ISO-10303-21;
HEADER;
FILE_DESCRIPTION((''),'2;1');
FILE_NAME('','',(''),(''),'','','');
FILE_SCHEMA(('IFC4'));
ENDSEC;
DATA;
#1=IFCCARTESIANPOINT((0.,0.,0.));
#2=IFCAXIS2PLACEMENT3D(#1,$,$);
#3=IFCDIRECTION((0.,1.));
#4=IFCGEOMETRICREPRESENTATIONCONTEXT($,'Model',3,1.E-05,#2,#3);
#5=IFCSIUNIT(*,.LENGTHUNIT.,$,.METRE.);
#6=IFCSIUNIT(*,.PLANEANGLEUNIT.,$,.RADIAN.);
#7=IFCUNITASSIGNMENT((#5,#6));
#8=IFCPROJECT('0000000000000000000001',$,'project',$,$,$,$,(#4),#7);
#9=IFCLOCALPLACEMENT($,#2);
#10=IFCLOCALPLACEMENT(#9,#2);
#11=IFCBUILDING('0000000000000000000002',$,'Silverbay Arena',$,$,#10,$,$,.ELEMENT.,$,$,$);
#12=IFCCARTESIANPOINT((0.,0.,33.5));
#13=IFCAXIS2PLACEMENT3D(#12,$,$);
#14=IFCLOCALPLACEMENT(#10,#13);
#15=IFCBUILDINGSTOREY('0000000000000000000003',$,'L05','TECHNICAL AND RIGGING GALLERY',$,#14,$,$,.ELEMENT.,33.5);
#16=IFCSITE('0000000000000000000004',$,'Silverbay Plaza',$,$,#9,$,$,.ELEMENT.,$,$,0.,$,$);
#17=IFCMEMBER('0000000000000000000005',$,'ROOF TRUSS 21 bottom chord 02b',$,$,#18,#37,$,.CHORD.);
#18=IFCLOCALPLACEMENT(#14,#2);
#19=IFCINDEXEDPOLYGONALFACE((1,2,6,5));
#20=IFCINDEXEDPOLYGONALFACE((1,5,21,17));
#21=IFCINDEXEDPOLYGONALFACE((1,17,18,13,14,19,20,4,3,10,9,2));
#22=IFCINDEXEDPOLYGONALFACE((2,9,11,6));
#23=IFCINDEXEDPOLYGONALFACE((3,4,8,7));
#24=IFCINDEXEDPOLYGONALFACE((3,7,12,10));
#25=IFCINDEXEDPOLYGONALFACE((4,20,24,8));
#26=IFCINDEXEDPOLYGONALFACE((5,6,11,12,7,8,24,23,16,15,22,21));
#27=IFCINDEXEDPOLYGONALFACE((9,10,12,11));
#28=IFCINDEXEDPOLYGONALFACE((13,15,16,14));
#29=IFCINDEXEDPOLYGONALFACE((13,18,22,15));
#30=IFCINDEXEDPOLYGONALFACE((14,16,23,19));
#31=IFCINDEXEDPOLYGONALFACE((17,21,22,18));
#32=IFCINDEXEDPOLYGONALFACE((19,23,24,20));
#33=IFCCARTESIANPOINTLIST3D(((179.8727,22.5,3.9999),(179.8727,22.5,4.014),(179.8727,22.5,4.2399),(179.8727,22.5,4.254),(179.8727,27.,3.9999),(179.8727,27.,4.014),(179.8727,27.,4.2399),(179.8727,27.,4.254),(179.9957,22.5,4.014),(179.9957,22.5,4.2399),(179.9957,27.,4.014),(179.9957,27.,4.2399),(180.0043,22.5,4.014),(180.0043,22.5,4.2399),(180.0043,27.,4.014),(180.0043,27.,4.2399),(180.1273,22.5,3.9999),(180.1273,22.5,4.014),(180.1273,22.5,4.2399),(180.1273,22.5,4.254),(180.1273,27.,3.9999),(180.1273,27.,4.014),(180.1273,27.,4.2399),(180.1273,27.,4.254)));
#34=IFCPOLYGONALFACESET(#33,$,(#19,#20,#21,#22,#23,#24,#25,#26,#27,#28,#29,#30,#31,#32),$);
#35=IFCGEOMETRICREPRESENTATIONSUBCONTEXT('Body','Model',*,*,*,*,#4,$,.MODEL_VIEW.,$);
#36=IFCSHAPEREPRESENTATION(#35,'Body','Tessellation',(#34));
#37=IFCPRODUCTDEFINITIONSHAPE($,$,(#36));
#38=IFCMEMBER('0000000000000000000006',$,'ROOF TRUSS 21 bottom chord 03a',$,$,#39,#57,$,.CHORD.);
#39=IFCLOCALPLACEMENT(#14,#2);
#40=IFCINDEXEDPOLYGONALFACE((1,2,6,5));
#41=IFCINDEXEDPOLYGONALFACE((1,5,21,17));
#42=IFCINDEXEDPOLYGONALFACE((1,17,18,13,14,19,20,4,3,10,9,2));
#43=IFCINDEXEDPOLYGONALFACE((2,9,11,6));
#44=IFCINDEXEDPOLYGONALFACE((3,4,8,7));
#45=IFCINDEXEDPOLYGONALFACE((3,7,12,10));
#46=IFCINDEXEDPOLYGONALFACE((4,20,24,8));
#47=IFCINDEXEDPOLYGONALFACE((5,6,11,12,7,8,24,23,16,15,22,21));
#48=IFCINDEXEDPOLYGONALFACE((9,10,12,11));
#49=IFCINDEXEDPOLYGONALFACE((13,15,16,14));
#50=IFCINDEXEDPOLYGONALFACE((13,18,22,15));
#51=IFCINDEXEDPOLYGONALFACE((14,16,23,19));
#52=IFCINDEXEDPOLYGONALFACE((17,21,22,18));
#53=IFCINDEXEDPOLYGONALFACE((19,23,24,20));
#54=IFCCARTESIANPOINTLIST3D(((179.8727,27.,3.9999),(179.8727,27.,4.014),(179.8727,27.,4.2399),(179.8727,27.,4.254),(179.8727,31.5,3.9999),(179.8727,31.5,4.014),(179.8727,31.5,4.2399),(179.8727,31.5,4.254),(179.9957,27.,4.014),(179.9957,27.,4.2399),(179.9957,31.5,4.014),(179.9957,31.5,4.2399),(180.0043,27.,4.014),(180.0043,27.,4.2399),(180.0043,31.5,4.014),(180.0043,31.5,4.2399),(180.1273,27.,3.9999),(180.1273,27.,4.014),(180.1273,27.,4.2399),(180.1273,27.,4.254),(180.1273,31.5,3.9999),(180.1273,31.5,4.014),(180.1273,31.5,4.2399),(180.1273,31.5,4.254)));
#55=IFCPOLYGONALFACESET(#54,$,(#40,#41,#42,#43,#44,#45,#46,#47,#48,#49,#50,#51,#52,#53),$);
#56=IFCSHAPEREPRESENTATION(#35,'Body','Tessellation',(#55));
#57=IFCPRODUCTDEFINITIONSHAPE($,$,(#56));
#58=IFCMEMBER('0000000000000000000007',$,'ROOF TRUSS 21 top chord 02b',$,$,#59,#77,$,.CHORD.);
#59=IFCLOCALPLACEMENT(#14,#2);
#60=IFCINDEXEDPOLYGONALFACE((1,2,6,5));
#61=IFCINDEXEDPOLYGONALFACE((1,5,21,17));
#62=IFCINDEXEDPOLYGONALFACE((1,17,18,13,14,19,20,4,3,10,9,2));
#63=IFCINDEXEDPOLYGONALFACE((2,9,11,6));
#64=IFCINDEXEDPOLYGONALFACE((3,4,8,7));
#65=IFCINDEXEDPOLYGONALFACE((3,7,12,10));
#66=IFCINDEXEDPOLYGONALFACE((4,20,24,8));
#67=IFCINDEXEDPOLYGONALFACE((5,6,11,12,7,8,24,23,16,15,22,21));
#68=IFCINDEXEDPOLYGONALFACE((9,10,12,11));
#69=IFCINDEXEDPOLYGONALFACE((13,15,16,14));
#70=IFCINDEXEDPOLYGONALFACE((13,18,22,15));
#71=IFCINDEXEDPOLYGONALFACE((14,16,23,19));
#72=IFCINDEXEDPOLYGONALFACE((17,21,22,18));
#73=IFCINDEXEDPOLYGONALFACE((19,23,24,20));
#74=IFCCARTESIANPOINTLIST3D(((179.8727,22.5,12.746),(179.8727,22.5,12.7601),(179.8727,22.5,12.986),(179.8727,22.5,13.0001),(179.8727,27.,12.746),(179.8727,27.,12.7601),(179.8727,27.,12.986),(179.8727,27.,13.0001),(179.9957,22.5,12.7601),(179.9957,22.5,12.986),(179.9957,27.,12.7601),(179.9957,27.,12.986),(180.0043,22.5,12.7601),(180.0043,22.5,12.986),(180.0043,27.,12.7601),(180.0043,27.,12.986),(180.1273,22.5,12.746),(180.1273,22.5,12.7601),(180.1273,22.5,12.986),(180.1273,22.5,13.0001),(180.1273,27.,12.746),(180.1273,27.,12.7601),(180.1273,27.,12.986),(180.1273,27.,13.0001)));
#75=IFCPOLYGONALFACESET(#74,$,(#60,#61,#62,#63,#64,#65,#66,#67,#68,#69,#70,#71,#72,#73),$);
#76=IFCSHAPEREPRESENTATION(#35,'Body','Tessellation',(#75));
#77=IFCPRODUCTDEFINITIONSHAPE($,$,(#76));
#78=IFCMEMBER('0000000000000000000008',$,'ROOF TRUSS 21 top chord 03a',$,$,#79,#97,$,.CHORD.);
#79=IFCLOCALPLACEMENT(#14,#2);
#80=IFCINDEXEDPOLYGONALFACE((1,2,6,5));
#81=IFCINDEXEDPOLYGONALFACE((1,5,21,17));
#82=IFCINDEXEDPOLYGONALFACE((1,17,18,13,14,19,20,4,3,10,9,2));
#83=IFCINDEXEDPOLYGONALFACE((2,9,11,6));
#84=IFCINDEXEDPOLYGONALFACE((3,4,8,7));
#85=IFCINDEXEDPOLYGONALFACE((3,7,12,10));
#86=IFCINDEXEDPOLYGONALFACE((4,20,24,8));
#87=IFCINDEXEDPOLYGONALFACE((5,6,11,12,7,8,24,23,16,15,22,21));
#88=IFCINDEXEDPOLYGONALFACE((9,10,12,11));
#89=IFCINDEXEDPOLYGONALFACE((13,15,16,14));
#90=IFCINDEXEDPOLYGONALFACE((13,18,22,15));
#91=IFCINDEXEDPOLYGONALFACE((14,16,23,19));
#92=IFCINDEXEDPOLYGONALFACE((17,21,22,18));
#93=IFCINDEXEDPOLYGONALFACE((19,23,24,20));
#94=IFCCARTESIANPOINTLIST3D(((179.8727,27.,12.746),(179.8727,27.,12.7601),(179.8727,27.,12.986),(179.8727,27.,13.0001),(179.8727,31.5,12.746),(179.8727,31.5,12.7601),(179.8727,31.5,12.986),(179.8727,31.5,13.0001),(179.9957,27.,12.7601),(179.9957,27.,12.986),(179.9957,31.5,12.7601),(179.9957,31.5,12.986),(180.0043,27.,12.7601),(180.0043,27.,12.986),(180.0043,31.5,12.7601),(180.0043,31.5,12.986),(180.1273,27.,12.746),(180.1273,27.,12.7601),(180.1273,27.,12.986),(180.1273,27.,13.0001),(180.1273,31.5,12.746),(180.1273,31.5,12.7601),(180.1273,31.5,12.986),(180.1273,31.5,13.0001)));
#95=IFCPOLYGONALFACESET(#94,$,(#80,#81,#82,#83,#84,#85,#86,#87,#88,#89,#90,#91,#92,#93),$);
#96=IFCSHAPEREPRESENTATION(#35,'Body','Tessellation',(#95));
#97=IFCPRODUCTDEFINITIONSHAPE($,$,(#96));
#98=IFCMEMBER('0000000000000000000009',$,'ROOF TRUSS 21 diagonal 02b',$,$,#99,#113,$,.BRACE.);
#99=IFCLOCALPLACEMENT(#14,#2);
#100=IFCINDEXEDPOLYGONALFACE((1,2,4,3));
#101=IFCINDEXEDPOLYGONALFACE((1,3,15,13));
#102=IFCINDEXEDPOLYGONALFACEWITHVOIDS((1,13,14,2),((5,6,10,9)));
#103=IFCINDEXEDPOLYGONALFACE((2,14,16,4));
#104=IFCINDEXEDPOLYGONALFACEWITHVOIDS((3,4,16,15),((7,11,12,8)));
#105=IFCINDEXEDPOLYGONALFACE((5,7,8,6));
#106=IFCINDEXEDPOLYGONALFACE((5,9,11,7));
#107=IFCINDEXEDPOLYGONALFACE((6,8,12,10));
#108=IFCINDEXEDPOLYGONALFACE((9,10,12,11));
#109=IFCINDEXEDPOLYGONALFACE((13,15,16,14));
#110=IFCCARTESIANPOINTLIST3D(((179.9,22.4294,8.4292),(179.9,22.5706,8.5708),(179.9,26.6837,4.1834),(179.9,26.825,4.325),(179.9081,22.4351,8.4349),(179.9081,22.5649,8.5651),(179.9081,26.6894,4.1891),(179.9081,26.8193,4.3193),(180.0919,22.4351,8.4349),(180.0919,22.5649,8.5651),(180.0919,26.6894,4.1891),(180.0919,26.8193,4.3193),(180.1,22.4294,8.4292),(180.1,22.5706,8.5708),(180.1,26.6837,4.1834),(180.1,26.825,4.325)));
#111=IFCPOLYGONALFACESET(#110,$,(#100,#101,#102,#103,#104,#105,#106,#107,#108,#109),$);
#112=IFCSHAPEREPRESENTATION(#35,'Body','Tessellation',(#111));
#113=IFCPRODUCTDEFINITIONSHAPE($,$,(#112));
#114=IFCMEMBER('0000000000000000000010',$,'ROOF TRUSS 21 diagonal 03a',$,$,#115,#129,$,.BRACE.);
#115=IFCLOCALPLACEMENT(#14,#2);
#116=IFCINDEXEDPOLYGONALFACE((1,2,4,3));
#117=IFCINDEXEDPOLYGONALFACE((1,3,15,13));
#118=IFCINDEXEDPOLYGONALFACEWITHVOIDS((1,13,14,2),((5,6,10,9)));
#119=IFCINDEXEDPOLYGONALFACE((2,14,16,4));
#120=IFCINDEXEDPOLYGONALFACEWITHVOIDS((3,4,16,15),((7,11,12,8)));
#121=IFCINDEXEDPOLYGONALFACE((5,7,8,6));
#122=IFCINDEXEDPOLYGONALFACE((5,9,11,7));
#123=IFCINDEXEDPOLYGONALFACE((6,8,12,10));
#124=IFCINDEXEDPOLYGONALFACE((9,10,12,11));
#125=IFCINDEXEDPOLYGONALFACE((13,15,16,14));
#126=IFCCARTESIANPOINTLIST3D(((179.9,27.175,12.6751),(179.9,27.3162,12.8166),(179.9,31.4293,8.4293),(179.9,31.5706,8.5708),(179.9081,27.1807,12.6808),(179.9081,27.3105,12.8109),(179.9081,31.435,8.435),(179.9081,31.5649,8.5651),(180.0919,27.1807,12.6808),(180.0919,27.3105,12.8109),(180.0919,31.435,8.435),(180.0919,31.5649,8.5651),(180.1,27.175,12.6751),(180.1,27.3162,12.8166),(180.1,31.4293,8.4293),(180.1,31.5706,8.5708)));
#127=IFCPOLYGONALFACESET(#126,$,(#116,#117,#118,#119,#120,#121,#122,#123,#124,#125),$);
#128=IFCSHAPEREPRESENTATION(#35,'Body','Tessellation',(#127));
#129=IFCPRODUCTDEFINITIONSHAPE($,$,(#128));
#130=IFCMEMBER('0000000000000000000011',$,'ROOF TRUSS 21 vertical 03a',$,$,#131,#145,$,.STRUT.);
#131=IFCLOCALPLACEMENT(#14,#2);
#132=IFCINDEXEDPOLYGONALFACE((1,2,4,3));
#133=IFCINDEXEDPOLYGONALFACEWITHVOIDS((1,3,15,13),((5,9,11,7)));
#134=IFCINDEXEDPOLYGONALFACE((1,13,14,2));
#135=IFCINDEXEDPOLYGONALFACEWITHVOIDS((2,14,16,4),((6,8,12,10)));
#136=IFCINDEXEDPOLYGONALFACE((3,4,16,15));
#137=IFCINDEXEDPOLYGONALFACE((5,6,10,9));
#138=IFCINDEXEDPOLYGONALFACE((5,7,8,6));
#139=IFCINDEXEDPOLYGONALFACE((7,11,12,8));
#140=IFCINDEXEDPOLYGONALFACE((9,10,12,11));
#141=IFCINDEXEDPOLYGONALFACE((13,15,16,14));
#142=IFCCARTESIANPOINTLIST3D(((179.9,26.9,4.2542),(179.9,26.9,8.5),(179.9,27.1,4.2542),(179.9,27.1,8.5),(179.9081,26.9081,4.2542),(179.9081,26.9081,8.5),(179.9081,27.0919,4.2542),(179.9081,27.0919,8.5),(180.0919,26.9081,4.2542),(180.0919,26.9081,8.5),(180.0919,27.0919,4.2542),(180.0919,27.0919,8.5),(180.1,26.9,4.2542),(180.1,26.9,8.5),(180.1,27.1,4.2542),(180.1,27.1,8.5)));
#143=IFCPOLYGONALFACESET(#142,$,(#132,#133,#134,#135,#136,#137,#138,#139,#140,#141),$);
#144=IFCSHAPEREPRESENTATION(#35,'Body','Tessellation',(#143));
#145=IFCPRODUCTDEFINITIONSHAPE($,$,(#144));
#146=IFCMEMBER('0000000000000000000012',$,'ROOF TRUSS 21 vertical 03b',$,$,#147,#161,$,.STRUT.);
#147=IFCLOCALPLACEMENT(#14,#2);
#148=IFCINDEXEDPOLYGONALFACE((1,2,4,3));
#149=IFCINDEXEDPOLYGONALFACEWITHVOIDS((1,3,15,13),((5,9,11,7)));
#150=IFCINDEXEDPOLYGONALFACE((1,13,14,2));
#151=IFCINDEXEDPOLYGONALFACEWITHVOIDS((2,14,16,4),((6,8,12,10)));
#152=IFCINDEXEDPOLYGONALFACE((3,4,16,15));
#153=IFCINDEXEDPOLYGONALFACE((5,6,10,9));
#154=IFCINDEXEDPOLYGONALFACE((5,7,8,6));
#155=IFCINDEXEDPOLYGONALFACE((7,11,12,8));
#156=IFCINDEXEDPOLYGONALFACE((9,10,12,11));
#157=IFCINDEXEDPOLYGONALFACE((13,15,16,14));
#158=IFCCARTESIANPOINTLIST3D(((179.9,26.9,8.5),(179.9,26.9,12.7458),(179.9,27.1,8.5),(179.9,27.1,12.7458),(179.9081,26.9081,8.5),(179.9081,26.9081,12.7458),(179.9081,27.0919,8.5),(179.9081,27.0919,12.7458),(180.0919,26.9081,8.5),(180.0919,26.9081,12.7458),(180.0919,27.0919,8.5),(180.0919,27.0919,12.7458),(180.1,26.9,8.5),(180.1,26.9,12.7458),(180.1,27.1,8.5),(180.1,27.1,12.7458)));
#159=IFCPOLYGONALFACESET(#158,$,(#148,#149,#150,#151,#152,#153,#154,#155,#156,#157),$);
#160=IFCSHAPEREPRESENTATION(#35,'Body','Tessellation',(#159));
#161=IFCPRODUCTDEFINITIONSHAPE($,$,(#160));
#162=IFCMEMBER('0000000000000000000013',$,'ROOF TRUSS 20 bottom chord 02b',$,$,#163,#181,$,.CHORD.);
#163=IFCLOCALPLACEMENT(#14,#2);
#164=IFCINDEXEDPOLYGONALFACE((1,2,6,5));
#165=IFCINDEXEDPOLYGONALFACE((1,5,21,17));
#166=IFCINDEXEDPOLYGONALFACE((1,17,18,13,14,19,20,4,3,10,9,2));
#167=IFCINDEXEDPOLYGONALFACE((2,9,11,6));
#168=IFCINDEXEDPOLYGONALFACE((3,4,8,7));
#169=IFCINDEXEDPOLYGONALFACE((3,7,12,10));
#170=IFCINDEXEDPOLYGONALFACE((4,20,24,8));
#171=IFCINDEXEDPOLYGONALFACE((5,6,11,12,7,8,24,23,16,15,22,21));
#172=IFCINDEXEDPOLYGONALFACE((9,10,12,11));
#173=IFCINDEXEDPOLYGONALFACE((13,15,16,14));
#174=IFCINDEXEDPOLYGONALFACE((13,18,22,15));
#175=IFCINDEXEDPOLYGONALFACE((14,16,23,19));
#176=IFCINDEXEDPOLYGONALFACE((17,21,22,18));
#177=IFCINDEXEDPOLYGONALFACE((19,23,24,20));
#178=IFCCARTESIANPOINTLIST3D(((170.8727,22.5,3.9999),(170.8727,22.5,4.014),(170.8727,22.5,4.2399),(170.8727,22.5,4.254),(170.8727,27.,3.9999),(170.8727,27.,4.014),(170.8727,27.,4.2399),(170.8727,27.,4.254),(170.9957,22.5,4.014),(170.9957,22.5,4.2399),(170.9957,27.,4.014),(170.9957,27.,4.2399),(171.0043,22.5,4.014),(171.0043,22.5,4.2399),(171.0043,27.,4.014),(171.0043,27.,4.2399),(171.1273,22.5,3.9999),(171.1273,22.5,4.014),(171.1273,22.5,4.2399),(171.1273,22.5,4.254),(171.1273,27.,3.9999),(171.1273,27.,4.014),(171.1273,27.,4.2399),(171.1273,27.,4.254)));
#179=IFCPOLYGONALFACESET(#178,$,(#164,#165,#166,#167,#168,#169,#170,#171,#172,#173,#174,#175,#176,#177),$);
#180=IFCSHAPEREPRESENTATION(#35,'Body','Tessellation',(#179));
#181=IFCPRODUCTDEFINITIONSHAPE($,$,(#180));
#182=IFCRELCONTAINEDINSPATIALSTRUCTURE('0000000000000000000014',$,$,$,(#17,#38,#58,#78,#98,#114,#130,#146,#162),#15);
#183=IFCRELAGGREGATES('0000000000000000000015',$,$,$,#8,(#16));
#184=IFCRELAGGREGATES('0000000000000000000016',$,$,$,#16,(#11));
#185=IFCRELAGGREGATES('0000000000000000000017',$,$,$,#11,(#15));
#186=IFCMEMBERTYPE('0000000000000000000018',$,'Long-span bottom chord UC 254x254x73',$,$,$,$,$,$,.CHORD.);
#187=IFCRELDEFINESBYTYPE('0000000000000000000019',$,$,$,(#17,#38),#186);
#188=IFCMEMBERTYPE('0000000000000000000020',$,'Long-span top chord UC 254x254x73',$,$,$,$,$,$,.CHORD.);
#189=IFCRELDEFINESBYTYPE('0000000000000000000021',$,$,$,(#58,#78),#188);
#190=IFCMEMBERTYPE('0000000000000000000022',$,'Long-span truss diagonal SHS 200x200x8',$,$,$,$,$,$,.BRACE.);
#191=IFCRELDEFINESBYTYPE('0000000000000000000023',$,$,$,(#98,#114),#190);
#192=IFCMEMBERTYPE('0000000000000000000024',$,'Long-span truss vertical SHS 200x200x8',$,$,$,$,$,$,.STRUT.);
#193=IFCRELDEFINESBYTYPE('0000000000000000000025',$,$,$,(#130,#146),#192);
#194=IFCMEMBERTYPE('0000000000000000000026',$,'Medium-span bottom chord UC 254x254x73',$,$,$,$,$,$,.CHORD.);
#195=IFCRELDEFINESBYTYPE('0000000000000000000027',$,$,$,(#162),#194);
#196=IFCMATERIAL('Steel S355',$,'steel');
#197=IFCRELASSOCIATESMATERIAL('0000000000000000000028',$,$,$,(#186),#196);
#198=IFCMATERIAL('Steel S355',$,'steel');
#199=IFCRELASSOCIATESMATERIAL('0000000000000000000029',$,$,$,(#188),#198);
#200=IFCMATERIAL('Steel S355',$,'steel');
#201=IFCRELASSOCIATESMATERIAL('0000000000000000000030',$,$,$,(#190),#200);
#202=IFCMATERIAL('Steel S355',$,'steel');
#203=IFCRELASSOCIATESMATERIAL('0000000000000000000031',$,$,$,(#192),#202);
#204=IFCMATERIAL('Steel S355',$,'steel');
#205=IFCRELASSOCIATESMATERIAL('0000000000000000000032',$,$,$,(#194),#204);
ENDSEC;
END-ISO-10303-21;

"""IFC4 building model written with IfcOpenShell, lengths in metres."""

from ifc_helpers import new_model, si_unit, direction, frame, origin, origin_2d, place, context, subcontext, project, spatial, hollow_rectangle, i_section, extrude, material, material_profile, profile_set, type_object, element, save


model = new_model("IFC4")

# Units and contexts
model_context = context("Model", 3, precision=1e-05, world=origin(), true_north=direction((0.0, 1.0)))
body_context = subcontext(model_context, "Body", "Model", "MODEL_VIEW")
ifc_project = project(units=[si_unit("LENGTHUNIT", "METRE"), si_unit("PLANEANGLEUNIT", "RADIAN")], contexts=[model_context])

# Site, building, storey
site_placement = place(None, origin())
site = spatial("IfcSite", under=ifc_project, at=site_placement, Name="Silverbay Plaza", CompositionType="ELEMENT", RefElevation=0.0)
building_placement = place(site_placement, origin())
building = spatial("IfcBuilding", under=site, at=building_placement, Name="Silverbay Arena", CompositionType="ELEMENT")
storey_placement = place(building_placement, frame((0.0, 0.0, 33.5)))
storey = spatial("IfcBuildingStorey", under=building, at=storey_placement, Name="L05", Description="TECHNICAL AND RIGGING GALLERY", CompositionType="ELEMENT", Elevation=33.5)

# Members
ifc_material_1 = material(Name="Steel S355", Category="steel")
ifc_material_profile_1 = material_profile(ifc_material_1, i_section(OverallWidth=0.2546, OverallDepth=0.2542, WebThickness=0.0085, FlangeThickness=0.0142, at=origin_2d()), Name="UC 254x254x73")
ifc_profile_set_1 = profile_set([ifc_material_profile_1], Name="Steel S355")
member_type_1 = type_object("IfcMemberType", Name="Long-span bottom chord UC 254x254x73", PredefinedType="CHORD", material=ifc_profile_set_1)
for number, where, z_axis, x_axis, name in (
    (1, (180.0, 22.5, 4.127), (0.0, 1.0, 0.0), (-1.0, 0.0, 0.0), "ROOF TRUSS 21 bottom chord 02b"),
    (2, (180.0, 27.0, 4.127), (0.0, 1.0, 0.0), (-1.0, 0.0, 0.0), "ROOF TRUSS 21 bottom chord 03a"),
):
    element("IfcMember", number, at=place(storey_placement, frame(where, z_axis=z_axis, x_axis=x_axis)), inside=storey, type_object=member_type_1, Name=name, PredefinedType="CHORD", context=body_context, shape_type="SweptSolid", body=[
        extrude(i_section(OverallWidth=0.2546, OverallDepth=0.2542, WebThickness=0.0085, FlangeThickness=0.0142, at=origin_2d()), origin(), (0.0, 0.0, 1.0), 4.5),
    ])
ifc_material_2 = material(Name="Steel S355", Category="steel")
ifc_material_profile_2 = material_profile(ifc_material_2, i_section(OverallWidth=0.2546, OverallDepth=0.2542, WebThickness=0.0085, FlangeThickness=0.0142, at=origin_2d()), Name="UC 254x254x73")
ifc_profile_set_2 = profile_set([ifc_material_profile_2], Name="Steel S355")
member_type_2 = type_object("IfcMemberType", Name="Long-span top chord UC 254x254x73", PredefinedType="CHORD", material=ifc_profile_set_2)
for number, where, z_axis, x_axis, name in (
    (3, (180.0, 22.5, 12.873), (0.0, 1.0, 0.0), (-1.0, 0.0, 0.0), "ROOF TRUSS 21 top chord 02b"),
    (4, (180.0, 27.0, 12.873), (0.0, 1.0, 0.0), (-1.0, 0.0, 0.0), "ROOF TRUSS 21 top chord 03a"),
):
    element("IfcMember", number, at=place(storey_placement, frame(where, z_axis=z_axis, x_axis=x_axis)), inside=storey, type_object=member_type_2, Name=name, PredefinedType="CHORD", context=body_context, shape_type="SweptSolid", body=[
        extrude(i_section(OverallWidth=0.2546, OverallDepth=0.2542, WebThickness=0.0085, FlangeThickness=0.0142, at=origin_2d()), origin(), (0.0, 0.0, 1.0), 4.5),
    ])
ifc_material_3 = material(Name="Steel S355", Category="steel")
ifc_material_profile_3 = material_profile(ifc_material_3, hollow_rectangle(XDim=0.2, YDim=0.2, WallThickness=0.0081, at=origin_2d()), Name="SHS 200x200x8")
ifc_profile_set_3 = profile_set([ifc_material_profile_3], Name="Steel S355")
member_type_3 = type_object("IfcMemberType", Name="Long-span truss diagonal SHS 200x200x8", PredefinedType="BRACE", material=ifc_profile_set_3)
for number, where, z_axis, x_axis, name in (
    (5, (180.0, 22.5, 8.5), (0.0, 0.707817, -0.706396), (-1.0, 0.0, 0.0), "ROOF TRUSS 21 diagonal 02b"),
    (6, (180.0, 27.2456, 12.7458), (0.0, 0.707817, -0.706396), (-1.0, 0.0, 0.0), "ROOF TRUSS 21 diagonal 03a"),
):
    element("IfcMember", number, at=place(storey_placement, frame(where, z_axis=z_axis, x_axis=x_axis)), inside=storey, type_object=member_type_3, Name=name, PredefinedType="BRACE", context=body_context, shape_type="SweptSolid", body=[
        extrude(hollow_rectangle(XDim=0.2, YDim=0.2, WallThickness=0.0081, at=origin_2d()), origin(), (0.0, 0.0, 1.0), 6.0105),
    ])
ifc_material_4 = material(Name="Steel S355", Category="steel")
ifc_material_profile_4 = material_profile(ifc_material_4, hollow_rectangle(XDim=0.2, YDim=0.2, WallThickness=0.0081, at=origin_2d()), Name="SHS 200x200x8")
ifc_profile_set_4 = profile_set([ifc_material_profile_4], Name="Steel S355")
member_type_4 = type_object("IfcMemberType", Name="Long-span truss vertical SHS 200x200x8", PredefinedType="STRUT", material=ifc_profile_set_4)
for number, where, z_axis, x_axis, name in (
    (7, (180.0, 27.0, 4.2542), (0.0, 0.0, 1.0), (1.0, 0.0, 0.0), "ROOF TRUSS 21 vertical 03a"),
    (8, (180.0, 27.0, 8.5), (0.0, 0.0, 1.0), (1.0, 0.0, 0.0), "ROOF TRUSS 21 vertical 03b"),
):
    element("IfcMember", number, at=place(storey_placement, frame(where, z_axis=z_axis, x_axis=x_axis)), inside=storey, type_object=member_type_4, Name=name, PredefinedType="STRUT", context=body_context, shape_type="SweptSolid", body=[
        extrude(hollow_rectangle(XDim=0.2, YDim=0.2, WallThickness=0.0081, at=origin_2d()), origin(), (0.0, 0.0, 1.0), 4.2458),
    ])
ifc_material_5 = material(Name="Steel S355", Category="steel")
ifc_material_profile_5 = material_profile(ifc_material_5, i_section(OverallWidth=0.2546, OverallDepth=0.2542, WebThickness=0.0085, FlangeThickness=0.0142, at=origin_2d()), Name="UC 254x254x73")
ifc_profile_set_5 = profile_set([ifc_material_profile_5], Name="Steel S355")
member_type_5 = type_object("IfcMemberType", Name="Medium-span bottom chord UC 254x254x73", PredefinedType="CHORD", material=ifc_profile_set_5)
for number, where, z_axis, x_axis, name in (
    (9, (171.0, 22.5, 4.127), (0.0, 1.0, 0.0), (-1.0, 0.0, 0.0), "ROOF TRUSS 20 bottom chord 02b"),
):
    element("IfcMember", number, at=place(storey_placement, frame(where, z_axis=z_axis, x_axis=x_axis)), inside=storey, type_object=member_type_5, Name=name, PredefinedType="CHORD", context=body_context, shape_type="SweptSolid", body=[
        extrude(i_section(OverallWidth=0.2546, OverallDepth=0.2542, WebThickness=0.0085, FlangeThickness=0.0142, at=origin_2d()), origin(), (0.0, 0.0, 1.0), 4.5),
    ])

save(model, "model.ifc")
